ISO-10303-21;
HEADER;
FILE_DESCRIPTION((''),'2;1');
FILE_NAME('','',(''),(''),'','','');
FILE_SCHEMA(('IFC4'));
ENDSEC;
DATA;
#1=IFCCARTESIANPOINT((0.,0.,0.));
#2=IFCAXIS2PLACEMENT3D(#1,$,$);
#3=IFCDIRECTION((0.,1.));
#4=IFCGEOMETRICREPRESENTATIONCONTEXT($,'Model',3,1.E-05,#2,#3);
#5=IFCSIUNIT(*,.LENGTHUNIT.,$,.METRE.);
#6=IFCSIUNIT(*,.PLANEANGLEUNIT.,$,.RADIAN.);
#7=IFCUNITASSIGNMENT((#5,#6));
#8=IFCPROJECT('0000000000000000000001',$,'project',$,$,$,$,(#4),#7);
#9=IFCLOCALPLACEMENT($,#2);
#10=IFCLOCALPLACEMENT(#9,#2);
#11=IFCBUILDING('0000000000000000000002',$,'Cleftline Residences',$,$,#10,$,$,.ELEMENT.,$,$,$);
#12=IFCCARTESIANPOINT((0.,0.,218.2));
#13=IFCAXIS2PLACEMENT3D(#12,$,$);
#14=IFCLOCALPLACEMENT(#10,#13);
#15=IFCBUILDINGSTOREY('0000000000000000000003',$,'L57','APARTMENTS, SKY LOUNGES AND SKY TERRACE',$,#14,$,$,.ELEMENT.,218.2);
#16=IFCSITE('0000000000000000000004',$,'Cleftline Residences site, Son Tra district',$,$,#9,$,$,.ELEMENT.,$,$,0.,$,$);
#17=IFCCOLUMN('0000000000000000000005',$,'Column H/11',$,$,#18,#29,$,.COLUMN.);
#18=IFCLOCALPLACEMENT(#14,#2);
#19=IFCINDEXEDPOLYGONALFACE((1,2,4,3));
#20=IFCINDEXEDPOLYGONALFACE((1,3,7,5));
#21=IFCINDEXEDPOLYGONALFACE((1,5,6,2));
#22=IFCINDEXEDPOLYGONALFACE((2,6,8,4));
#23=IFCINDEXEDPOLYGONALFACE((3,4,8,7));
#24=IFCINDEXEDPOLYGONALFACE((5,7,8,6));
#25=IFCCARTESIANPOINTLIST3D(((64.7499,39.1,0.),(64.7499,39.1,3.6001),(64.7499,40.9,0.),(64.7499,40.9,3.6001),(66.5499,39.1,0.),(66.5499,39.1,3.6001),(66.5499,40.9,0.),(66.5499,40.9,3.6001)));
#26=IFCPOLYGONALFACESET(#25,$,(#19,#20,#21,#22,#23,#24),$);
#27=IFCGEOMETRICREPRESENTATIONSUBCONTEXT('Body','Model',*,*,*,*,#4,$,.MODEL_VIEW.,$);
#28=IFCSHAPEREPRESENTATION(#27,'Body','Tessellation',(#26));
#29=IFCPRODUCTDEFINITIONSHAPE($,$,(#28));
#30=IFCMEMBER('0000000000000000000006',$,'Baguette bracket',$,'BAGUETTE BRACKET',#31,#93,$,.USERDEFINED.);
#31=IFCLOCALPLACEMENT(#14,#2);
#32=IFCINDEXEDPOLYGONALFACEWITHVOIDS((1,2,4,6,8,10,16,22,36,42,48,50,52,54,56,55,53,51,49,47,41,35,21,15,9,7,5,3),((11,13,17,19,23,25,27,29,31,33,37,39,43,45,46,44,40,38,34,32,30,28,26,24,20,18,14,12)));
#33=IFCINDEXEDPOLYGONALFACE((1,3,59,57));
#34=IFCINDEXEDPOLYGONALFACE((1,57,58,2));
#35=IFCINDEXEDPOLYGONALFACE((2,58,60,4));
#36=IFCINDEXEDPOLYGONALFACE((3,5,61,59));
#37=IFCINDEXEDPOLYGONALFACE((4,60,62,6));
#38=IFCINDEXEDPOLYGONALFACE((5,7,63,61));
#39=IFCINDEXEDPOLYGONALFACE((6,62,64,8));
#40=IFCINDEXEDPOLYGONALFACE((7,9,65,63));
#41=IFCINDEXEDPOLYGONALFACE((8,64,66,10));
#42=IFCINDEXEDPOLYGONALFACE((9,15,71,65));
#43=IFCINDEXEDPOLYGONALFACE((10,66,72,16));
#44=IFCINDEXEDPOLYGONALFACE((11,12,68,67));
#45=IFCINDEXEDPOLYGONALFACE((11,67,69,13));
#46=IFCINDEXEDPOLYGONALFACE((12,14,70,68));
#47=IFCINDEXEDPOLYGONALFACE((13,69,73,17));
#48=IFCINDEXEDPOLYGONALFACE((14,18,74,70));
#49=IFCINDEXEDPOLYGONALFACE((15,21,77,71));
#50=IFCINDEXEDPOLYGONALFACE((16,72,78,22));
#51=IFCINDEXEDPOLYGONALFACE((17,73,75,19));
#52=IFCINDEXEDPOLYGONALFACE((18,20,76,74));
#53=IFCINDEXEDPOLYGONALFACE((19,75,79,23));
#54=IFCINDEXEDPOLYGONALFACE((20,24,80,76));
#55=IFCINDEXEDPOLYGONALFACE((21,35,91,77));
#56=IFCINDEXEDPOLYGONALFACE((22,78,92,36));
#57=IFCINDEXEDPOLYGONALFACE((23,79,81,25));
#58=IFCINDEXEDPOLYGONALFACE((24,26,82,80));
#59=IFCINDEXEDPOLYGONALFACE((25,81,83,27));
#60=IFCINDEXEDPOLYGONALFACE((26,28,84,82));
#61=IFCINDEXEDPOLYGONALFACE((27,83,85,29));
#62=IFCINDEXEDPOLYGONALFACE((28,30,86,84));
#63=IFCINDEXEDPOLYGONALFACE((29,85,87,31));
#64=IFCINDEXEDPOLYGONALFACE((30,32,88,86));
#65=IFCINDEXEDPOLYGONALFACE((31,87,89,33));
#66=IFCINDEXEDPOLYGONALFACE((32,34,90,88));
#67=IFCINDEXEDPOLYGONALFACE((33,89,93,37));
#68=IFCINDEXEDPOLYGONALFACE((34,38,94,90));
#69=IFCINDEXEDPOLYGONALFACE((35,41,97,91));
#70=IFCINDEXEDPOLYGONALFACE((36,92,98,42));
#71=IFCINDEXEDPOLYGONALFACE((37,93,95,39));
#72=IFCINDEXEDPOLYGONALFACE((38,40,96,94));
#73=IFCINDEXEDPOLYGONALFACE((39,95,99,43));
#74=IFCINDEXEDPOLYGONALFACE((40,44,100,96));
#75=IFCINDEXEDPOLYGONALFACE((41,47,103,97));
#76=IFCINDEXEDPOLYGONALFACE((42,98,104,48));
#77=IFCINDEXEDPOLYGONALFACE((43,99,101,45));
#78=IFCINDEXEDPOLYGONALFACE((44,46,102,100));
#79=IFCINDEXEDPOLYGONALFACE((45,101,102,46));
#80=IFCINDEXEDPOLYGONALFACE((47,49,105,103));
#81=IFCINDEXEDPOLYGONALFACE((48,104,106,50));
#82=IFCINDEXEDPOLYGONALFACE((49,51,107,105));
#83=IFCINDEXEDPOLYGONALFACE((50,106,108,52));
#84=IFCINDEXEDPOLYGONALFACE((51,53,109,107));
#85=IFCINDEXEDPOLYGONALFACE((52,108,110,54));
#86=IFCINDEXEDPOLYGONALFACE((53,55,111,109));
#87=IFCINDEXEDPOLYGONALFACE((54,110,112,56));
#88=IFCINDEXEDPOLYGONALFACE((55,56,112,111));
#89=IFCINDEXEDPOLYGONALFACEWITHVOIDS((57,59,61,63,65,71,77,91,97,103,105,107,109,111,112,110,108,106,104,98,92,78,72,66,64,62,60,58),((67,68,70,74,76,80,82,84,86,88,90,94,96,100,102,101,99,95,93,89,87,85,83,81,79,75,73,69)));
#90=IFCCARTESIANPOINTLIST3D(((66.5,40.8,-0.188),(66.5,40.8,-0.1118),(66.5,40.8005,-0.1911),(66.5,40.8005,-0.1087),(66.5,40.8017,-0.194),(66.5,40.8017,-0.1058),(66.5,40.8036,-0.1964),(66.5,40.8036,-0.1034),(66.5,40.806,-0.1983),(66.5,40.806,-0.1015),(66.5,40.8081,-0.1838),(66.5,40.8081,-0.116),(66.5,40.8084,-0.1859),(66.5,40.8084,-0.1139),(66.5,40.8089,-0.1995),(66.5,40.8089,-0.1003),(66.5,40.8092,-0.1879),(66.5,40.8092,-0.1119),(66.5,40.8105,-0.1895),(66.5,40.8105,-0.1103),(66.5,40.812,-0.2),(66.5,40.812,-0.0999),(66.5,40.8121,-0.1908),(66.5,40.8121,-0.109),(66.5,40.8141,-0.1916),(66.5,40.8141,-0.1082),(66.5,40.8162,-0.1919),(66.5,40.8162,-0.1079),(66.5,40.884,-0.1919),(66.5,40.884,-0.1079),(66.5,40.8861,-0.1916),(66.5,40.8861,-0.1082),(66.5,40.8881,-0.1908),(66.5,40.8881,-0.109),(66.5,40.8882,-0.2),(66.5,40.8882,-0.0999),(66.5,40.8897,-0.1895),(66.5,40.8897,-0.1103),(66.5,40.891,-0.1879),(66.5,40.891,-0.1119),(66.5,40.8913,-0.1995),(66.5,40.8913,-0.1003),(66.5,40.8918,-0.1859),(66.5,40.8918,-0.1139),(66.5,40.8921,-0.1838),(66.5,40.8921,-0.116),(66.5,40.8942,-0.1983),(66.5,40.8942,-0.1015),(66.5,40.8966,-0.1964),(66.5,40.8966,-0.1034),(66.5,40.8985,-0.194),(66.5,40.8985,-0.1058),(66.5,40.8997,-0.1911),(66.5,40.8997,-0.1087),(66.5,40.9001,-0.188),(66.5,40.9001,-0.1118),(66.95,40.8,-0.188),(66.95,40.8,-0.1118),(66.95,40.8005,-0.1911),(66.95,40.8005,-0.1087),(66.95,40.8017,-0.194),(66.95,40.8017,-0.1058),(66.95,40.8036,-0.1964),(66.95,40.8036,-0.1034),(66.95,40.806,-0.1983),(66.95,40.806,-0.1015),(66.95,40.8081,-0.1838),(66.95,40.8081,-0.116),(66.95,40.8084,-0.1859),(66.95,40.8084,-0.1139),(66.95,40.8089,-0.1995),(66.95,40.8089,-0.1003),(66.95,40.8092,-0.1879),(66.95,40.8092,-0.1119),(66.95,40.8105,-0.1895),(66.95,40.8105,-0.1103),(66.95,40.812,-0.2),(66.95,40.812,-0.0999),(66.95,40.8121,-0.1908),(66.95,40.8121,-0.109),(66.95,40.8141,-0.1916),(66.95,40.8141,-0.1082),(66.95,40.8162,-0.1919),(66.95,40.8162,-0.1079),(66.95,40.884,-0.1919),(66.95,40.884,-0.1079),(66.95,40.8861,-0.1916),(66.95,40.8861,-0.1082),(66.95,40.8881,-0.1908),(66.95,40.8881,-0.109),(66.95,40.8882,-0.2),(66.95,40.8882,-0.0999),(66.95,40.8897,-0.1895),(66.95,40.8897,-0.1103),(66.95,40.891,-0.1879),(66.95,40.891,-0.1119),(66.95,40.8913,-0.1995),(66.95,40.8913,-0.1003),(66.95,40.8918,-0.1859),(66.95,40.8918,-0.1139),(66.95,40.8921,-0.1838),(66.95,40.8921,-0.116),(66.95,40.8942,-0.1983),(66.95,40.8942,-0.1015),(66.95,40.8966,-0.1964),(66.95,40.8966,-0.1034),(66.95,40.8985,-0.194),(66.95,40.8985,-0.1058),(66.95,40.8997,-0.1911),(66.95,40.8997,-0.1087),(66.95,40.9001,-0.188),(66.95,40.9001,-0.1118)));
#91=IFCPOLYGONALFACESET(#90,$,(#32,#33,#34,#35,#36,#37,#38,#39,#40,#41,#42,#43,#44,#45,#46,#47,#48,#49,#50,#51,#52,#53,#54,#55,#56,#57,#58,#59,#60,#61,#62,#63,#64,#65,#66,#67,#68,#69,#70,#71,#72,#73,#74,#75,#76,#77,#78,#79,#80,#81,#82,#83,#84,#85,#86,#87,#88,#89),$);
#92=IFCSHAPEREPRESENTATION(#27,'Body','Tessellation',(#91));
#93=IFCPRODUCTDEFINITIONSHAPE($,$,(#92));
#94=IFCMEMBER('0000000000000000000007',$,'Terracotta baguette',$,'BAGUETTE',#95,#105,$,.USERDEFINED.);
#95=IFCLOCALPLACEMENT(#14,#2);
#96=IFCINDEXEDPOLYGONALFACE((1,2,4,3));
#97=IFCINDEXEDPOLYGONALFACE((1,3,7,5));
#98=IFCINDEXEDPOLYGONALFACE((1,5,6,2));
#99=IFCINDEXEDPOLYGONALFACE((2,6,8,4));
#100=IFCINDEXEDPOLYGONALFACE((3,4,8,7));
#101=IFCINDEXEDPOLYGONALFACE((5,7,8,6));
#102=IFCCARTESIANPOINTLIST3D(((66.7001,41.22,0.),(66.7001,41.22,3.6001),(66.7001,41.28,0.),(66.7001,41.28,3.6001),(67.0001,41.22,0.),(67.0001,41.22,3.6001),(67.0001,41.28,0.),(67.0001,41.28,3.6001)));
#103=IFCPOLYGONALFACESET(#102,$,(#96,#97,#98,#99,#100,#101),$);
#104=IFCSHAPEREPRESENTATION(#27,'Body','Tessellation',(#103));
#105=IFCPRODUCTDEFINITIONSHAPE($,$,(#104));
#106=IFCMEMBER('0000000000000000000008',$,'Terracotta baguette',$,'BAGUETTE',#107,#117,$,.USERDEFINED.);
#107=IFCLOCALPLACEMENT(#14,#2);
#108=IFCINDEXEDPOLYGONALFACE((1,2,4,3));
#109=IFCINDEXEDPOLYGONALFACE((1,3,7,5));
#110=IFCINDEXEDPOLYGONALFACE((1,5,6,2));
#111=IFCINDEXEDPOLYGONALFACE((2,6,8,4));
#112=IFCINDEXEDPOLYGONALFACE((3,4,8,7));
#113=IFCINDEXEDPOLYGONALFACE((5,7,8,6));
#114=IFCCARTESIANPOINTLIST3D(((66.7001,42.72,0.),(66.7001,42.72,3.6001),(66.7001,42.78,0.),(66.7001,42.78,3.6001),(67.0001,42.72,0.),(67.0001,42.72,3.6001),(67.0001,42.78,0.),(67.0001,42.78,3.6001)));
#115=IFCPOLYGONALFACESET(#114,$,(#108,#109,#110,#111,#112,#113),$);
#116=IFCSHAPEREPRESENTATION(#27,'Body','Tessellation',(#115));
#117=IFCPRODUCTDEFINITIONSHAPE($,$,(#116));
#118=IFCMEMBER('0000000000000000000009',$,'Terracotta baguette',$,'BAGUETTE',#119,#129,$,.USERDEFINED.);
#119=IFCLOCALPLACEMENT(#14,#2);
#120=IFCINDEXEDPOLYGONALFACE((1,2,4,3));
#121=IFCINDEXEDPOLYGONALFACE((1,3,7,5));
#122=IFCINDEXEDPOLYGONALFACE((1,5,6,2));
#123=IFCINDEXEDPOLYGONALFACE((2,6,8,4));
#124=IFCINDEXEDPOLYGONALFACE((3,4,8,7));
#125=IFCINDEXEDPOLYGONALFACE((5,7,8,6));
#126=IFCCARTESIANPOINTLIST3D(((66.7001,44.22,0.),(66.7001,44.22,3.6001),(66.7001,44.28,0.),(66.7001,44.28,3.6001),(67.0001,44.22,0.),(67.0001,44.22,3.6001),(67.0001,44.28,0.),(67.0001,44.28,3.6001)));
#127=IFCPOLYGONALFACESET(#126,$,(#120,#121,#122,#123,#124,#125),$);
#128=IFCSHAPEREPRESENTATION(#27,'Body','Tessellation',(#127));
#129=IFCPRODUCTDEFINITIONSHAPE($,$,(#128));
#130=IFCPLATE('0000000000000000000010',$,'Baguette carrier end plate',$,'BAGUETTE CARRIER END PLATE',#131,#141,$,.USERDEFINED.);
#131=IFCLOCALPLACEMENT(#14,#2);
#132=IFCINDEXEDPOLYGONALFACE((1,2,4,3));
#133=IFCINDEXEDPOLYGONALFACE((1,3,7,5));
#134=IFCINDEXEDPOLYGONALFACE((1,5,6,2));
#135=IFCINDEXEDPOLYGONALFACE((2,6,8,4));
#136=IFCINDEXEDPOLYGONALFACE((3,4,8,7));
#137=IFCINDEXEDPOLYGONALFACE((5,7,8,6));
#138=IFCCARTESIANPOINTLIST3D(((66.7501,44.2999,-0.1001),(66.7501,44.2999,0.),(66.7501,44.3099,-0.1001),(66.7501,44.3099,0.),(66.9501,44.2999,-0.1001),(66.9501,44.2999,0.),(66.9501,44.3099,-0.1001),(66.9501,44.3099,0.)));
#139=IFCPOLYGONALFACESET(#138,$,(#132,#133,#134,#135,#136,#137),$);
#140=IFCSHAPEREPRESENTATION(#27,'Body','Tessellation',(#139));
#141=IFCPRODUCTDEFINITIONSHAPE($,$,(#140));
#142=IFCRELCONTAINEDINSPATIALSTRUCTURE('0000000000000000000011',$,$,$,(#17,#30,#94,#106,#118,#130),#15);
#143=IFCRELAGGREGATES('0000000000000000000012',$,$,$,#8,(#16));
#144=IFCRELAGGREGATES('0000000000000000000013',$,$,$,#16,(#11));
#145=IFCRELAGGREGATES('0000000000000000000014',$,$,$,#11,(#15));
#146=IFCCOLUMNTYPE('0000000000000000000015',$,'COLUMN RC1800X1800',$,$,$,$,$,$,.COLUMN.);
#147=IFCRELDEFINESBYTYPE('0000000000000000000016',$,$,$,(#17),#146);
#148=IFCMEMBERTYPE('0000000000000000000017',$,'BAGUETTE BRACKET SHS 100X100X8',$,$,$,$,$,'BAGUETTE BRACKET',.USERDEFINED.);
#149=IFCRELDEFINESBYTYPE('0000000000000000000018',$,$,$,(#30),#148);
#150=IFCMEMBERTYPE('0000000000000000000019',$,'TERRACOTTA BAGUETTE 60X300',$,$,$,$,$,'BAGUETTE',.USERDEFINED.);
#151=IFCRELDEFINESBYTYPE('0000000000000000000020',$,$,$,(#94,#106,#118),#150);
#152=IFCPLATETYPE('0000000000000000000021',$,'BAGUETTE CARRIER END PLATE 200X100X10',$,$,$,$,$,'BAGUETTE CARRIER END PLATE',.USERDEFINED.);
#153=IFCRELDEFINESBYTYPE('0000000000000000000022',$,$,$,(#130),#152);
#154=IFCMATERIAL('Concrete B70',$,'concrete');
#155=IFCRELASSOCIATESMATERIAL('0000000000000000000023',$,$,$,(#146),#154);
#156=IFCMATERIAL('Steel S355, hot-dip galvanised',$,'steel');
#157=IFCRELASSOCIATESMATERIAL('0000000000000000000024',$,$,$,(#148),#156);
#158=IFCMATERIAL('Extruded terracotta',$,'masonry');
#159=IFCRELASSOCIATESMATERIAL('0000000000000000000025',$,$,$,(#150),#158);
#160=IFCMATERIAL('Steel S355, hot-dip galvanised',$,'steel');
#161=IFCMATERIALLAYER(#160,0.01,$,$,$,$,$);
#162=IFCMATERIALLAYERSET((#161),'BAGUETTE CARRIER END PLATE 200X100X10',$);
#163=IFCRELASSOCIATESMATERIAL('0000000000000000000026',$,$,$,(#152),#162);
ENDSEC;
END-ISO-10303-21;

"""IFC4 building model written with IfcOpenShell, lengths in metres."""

from ifc_helpers import new_model, si_unit, direction, frame, origin, origin_2d, place, context, subcontext, project, spatial, rectangle, hollow_rectangle, extrude, material, layer, layer_set, material_profile, profile_set, type_object, element, save


model = new_model("IFC4")

# Units and contexts
model_context = context("Model", 3, precision=1e-05, world=origin(), true_north=direction((0.0, 1.0)))
body_context = subcontext(model_context, "Body", "Model", "MODEL_VIEW")
ifc_project = project(units=[si_unit("LENGTHUNIT", "METRE"), si_unit("PLANEANGLEUNIT", "RADIAN")], contexts=[model_context])

# Site, building, storey
site_placement = place(None, origin())
site = spatial("IfcSite", under=ifc_project, at=site_placement, Name="Cleftline Residences site, Son Tra district", CompositionType="ELEMENT", RefElevation=0.0)
building_placement = place(site_placement, origin())
building = spatial("IfcBuilding", under=site, at=building_placement, Name="Cleftline Residences", CompositionType="ELEMENT")
storey_placement = place(building_placement, frame((0.0, 0.0, 218.2)))
storey = spatial("IfcBuildingStorey", under=building, at=storey_placement, Name="L57", Description="APARTMENTS, SKY LOUNGES AND SKY TERRACE", CompositionType="ELEMENT", Elevation=218.2)

# Column
ifc_material_1 = material(Name="Concrete B70", Category="concrete")
ifc_material_profile_1 = material_profile(ifc_material_1, rectangle(XDim=1.8, YDim=1.8, at=origin_2d()))
ifc_profile_set_1 = profile_set([ifc_material_profile_1], Name="Concrete B70")
column_type = type_object("IfcColumnType", Name="COLUMN RC1800X1800", PredefinedType="COLUMN", material=ifc_profile_set_1)
column_placement = place(storey_placement, frame((65.6499, 40.0, 0.0), z_axis=(0.0, 0.0, 1.0), x_axis=(1.0, 0.0, 0.0)))
element("IfcColumn", 1, at=column_placement, inside=storey, type_object=column_type, Name="Column H/11", PredefinedType="COLUMN", context=body_context, shape_type="SweptSolid", body=[
    extrude(rectangle(XDim=1.8, YDim=1.8, at=origin_2d()), origin(), (0.0, 0.0, 1.0), 3.6001),
])

# Members
ifc_material_2 = material(Name="Steel S355, hot-dip galvanised", Category="steel")
ifc_material_profile_2 = material_profile(ifc_material_2, hollow_rectangle(XDim=0.1001, YDim=0.1001, WallThickness=0.0081, InnerFilletRadius=0.0081, OuterFilletRadius=0.012, at=origin_2d()))
ifc_profile_set_2 = profile_set([ifc_material_profile_2], Name="Steel S355, hot-dip galvanised")
member_type_1 = type_object("IfcMemberType", Name="BAGUETTE BRACKET SHS 100X100X8", ElementType="BAGUETTE BRACKET", PredefinedType="USERDEFINED", material=ifc_profile_set_2)
member_placement = place(storey_placement, frame((66.5, 40.8501, -0.1499), z_axis=(1.0, 0.0, 0.0), x_axis=(0.0, 1.0, 0.0)))
element("IfcMember", 2, at=member_placement, inside=storey, type_object=member_type_1, Name="Baguette bracket", ObjectType="BAGUETTE BRACKET", PredefinedType="USERDEFINED", context=body_context, shape_type="SweptSolid", body=[
    extrude(hollow_rectangle(XDim=0.1001, YDim=0.1001, WallThickness=0.0081, InnerFilletRadius=0.0081, OuterFilletRadius=0.012, at=origin_2d()), origin(), (0.0, 0.0, 1.0), 0.45),
])
ifc_material_3 = material(Name="Extruded terracotta", Category="masonry")
ifc_material_profile_3 = material_profile(ifc_material_3, rectangle(XDim=0.0601, YDim=0.3, at=origin_2d()))
ifc_profile_set_3 = profile_set([ifc_material_profile_3], Name="Extruded terracotta")
member_type_2 = type_object("IfcMemberType", Name="TERRACOTTA BAGUETTE 60X300", ElementType="BAGUETTE", PredefinedType="USERDEFINED", material=ifc_profile_set_3)
for number, where, z_axis, x_axis, name in (
    (3, (66.8501, 41.25, 0.0), (0.0, 0.0, 1.0), (0.0, 1.0, 0.0), "Terracotta baguette"),
    (4, (66.8501, 42.75, 0.0), (0.0, 0.0, 1.0), (0.0, 1.0, 0.0), "Terracotta baguette"),
    (5, (66.8501, 44.25, 0.0), (0.0, 0.0, 1.0), (0.0, 1.0, 0.0), "Terracotta baguette"),
):
    element("IfcMember", number, at=place(storey_placement, frame(where, z_axis=z_axis, x_axis=x_axis)), inside=storey, type_object=member_type_2, Name=name, ObjectType="BAGUETTE", PredefinedType="USERDEFINED", context=body_context, shape_type="SweptSolid", body=[
        extrude(rectangle(XDim=0.0601, YDim=0.3, at=origin_2d()), origin(), (0.0, 0.0, 1.0), 3.6001),
    ])

# Plate
ifc_material_4 = material(Name="Steel S355, hot-dip galvanised", Category="steel")
ifc_layer_1 = layer(ifc_material_4, 0.01)
ifc_layer_set_1 = layer_set([ifc_layer_1], Name="BAGUETTE CARRIER END PLATE 200X100X10")
plate_type = type_object("IfcPlateType", Name="BAGUETTE CARRIER END PLATE 200X100X10", ElementType="BAGUETTE CARRIER END PLATE", PredefinedType="USERDEFINED", material=ifc_layer_set_1)
plate_placement = place(storey_placement, frame((66.8501, 44.3049, -0.1001), z_axis=(0.0, 0.0, 1.0), x_axis=(1.0, 0.0, 0.0)))
element("IfcPlate", 6, at=plate_placement, inside=storey, type_object=plate_type, Name="Baguette carrier end plate", ObjectType="BAGUETTE CARRIER END PLATE", PredefinedType="USERDEFINED", context=body_context, shape_type="SweptSolid", body=[
    extrude(rectangle(XDim=0.2, YDim=0.01, at=origin_2d()), origin(), (0.0, 0.0, 1.0), 0.1001),
])

save(model, "model.ifc")
